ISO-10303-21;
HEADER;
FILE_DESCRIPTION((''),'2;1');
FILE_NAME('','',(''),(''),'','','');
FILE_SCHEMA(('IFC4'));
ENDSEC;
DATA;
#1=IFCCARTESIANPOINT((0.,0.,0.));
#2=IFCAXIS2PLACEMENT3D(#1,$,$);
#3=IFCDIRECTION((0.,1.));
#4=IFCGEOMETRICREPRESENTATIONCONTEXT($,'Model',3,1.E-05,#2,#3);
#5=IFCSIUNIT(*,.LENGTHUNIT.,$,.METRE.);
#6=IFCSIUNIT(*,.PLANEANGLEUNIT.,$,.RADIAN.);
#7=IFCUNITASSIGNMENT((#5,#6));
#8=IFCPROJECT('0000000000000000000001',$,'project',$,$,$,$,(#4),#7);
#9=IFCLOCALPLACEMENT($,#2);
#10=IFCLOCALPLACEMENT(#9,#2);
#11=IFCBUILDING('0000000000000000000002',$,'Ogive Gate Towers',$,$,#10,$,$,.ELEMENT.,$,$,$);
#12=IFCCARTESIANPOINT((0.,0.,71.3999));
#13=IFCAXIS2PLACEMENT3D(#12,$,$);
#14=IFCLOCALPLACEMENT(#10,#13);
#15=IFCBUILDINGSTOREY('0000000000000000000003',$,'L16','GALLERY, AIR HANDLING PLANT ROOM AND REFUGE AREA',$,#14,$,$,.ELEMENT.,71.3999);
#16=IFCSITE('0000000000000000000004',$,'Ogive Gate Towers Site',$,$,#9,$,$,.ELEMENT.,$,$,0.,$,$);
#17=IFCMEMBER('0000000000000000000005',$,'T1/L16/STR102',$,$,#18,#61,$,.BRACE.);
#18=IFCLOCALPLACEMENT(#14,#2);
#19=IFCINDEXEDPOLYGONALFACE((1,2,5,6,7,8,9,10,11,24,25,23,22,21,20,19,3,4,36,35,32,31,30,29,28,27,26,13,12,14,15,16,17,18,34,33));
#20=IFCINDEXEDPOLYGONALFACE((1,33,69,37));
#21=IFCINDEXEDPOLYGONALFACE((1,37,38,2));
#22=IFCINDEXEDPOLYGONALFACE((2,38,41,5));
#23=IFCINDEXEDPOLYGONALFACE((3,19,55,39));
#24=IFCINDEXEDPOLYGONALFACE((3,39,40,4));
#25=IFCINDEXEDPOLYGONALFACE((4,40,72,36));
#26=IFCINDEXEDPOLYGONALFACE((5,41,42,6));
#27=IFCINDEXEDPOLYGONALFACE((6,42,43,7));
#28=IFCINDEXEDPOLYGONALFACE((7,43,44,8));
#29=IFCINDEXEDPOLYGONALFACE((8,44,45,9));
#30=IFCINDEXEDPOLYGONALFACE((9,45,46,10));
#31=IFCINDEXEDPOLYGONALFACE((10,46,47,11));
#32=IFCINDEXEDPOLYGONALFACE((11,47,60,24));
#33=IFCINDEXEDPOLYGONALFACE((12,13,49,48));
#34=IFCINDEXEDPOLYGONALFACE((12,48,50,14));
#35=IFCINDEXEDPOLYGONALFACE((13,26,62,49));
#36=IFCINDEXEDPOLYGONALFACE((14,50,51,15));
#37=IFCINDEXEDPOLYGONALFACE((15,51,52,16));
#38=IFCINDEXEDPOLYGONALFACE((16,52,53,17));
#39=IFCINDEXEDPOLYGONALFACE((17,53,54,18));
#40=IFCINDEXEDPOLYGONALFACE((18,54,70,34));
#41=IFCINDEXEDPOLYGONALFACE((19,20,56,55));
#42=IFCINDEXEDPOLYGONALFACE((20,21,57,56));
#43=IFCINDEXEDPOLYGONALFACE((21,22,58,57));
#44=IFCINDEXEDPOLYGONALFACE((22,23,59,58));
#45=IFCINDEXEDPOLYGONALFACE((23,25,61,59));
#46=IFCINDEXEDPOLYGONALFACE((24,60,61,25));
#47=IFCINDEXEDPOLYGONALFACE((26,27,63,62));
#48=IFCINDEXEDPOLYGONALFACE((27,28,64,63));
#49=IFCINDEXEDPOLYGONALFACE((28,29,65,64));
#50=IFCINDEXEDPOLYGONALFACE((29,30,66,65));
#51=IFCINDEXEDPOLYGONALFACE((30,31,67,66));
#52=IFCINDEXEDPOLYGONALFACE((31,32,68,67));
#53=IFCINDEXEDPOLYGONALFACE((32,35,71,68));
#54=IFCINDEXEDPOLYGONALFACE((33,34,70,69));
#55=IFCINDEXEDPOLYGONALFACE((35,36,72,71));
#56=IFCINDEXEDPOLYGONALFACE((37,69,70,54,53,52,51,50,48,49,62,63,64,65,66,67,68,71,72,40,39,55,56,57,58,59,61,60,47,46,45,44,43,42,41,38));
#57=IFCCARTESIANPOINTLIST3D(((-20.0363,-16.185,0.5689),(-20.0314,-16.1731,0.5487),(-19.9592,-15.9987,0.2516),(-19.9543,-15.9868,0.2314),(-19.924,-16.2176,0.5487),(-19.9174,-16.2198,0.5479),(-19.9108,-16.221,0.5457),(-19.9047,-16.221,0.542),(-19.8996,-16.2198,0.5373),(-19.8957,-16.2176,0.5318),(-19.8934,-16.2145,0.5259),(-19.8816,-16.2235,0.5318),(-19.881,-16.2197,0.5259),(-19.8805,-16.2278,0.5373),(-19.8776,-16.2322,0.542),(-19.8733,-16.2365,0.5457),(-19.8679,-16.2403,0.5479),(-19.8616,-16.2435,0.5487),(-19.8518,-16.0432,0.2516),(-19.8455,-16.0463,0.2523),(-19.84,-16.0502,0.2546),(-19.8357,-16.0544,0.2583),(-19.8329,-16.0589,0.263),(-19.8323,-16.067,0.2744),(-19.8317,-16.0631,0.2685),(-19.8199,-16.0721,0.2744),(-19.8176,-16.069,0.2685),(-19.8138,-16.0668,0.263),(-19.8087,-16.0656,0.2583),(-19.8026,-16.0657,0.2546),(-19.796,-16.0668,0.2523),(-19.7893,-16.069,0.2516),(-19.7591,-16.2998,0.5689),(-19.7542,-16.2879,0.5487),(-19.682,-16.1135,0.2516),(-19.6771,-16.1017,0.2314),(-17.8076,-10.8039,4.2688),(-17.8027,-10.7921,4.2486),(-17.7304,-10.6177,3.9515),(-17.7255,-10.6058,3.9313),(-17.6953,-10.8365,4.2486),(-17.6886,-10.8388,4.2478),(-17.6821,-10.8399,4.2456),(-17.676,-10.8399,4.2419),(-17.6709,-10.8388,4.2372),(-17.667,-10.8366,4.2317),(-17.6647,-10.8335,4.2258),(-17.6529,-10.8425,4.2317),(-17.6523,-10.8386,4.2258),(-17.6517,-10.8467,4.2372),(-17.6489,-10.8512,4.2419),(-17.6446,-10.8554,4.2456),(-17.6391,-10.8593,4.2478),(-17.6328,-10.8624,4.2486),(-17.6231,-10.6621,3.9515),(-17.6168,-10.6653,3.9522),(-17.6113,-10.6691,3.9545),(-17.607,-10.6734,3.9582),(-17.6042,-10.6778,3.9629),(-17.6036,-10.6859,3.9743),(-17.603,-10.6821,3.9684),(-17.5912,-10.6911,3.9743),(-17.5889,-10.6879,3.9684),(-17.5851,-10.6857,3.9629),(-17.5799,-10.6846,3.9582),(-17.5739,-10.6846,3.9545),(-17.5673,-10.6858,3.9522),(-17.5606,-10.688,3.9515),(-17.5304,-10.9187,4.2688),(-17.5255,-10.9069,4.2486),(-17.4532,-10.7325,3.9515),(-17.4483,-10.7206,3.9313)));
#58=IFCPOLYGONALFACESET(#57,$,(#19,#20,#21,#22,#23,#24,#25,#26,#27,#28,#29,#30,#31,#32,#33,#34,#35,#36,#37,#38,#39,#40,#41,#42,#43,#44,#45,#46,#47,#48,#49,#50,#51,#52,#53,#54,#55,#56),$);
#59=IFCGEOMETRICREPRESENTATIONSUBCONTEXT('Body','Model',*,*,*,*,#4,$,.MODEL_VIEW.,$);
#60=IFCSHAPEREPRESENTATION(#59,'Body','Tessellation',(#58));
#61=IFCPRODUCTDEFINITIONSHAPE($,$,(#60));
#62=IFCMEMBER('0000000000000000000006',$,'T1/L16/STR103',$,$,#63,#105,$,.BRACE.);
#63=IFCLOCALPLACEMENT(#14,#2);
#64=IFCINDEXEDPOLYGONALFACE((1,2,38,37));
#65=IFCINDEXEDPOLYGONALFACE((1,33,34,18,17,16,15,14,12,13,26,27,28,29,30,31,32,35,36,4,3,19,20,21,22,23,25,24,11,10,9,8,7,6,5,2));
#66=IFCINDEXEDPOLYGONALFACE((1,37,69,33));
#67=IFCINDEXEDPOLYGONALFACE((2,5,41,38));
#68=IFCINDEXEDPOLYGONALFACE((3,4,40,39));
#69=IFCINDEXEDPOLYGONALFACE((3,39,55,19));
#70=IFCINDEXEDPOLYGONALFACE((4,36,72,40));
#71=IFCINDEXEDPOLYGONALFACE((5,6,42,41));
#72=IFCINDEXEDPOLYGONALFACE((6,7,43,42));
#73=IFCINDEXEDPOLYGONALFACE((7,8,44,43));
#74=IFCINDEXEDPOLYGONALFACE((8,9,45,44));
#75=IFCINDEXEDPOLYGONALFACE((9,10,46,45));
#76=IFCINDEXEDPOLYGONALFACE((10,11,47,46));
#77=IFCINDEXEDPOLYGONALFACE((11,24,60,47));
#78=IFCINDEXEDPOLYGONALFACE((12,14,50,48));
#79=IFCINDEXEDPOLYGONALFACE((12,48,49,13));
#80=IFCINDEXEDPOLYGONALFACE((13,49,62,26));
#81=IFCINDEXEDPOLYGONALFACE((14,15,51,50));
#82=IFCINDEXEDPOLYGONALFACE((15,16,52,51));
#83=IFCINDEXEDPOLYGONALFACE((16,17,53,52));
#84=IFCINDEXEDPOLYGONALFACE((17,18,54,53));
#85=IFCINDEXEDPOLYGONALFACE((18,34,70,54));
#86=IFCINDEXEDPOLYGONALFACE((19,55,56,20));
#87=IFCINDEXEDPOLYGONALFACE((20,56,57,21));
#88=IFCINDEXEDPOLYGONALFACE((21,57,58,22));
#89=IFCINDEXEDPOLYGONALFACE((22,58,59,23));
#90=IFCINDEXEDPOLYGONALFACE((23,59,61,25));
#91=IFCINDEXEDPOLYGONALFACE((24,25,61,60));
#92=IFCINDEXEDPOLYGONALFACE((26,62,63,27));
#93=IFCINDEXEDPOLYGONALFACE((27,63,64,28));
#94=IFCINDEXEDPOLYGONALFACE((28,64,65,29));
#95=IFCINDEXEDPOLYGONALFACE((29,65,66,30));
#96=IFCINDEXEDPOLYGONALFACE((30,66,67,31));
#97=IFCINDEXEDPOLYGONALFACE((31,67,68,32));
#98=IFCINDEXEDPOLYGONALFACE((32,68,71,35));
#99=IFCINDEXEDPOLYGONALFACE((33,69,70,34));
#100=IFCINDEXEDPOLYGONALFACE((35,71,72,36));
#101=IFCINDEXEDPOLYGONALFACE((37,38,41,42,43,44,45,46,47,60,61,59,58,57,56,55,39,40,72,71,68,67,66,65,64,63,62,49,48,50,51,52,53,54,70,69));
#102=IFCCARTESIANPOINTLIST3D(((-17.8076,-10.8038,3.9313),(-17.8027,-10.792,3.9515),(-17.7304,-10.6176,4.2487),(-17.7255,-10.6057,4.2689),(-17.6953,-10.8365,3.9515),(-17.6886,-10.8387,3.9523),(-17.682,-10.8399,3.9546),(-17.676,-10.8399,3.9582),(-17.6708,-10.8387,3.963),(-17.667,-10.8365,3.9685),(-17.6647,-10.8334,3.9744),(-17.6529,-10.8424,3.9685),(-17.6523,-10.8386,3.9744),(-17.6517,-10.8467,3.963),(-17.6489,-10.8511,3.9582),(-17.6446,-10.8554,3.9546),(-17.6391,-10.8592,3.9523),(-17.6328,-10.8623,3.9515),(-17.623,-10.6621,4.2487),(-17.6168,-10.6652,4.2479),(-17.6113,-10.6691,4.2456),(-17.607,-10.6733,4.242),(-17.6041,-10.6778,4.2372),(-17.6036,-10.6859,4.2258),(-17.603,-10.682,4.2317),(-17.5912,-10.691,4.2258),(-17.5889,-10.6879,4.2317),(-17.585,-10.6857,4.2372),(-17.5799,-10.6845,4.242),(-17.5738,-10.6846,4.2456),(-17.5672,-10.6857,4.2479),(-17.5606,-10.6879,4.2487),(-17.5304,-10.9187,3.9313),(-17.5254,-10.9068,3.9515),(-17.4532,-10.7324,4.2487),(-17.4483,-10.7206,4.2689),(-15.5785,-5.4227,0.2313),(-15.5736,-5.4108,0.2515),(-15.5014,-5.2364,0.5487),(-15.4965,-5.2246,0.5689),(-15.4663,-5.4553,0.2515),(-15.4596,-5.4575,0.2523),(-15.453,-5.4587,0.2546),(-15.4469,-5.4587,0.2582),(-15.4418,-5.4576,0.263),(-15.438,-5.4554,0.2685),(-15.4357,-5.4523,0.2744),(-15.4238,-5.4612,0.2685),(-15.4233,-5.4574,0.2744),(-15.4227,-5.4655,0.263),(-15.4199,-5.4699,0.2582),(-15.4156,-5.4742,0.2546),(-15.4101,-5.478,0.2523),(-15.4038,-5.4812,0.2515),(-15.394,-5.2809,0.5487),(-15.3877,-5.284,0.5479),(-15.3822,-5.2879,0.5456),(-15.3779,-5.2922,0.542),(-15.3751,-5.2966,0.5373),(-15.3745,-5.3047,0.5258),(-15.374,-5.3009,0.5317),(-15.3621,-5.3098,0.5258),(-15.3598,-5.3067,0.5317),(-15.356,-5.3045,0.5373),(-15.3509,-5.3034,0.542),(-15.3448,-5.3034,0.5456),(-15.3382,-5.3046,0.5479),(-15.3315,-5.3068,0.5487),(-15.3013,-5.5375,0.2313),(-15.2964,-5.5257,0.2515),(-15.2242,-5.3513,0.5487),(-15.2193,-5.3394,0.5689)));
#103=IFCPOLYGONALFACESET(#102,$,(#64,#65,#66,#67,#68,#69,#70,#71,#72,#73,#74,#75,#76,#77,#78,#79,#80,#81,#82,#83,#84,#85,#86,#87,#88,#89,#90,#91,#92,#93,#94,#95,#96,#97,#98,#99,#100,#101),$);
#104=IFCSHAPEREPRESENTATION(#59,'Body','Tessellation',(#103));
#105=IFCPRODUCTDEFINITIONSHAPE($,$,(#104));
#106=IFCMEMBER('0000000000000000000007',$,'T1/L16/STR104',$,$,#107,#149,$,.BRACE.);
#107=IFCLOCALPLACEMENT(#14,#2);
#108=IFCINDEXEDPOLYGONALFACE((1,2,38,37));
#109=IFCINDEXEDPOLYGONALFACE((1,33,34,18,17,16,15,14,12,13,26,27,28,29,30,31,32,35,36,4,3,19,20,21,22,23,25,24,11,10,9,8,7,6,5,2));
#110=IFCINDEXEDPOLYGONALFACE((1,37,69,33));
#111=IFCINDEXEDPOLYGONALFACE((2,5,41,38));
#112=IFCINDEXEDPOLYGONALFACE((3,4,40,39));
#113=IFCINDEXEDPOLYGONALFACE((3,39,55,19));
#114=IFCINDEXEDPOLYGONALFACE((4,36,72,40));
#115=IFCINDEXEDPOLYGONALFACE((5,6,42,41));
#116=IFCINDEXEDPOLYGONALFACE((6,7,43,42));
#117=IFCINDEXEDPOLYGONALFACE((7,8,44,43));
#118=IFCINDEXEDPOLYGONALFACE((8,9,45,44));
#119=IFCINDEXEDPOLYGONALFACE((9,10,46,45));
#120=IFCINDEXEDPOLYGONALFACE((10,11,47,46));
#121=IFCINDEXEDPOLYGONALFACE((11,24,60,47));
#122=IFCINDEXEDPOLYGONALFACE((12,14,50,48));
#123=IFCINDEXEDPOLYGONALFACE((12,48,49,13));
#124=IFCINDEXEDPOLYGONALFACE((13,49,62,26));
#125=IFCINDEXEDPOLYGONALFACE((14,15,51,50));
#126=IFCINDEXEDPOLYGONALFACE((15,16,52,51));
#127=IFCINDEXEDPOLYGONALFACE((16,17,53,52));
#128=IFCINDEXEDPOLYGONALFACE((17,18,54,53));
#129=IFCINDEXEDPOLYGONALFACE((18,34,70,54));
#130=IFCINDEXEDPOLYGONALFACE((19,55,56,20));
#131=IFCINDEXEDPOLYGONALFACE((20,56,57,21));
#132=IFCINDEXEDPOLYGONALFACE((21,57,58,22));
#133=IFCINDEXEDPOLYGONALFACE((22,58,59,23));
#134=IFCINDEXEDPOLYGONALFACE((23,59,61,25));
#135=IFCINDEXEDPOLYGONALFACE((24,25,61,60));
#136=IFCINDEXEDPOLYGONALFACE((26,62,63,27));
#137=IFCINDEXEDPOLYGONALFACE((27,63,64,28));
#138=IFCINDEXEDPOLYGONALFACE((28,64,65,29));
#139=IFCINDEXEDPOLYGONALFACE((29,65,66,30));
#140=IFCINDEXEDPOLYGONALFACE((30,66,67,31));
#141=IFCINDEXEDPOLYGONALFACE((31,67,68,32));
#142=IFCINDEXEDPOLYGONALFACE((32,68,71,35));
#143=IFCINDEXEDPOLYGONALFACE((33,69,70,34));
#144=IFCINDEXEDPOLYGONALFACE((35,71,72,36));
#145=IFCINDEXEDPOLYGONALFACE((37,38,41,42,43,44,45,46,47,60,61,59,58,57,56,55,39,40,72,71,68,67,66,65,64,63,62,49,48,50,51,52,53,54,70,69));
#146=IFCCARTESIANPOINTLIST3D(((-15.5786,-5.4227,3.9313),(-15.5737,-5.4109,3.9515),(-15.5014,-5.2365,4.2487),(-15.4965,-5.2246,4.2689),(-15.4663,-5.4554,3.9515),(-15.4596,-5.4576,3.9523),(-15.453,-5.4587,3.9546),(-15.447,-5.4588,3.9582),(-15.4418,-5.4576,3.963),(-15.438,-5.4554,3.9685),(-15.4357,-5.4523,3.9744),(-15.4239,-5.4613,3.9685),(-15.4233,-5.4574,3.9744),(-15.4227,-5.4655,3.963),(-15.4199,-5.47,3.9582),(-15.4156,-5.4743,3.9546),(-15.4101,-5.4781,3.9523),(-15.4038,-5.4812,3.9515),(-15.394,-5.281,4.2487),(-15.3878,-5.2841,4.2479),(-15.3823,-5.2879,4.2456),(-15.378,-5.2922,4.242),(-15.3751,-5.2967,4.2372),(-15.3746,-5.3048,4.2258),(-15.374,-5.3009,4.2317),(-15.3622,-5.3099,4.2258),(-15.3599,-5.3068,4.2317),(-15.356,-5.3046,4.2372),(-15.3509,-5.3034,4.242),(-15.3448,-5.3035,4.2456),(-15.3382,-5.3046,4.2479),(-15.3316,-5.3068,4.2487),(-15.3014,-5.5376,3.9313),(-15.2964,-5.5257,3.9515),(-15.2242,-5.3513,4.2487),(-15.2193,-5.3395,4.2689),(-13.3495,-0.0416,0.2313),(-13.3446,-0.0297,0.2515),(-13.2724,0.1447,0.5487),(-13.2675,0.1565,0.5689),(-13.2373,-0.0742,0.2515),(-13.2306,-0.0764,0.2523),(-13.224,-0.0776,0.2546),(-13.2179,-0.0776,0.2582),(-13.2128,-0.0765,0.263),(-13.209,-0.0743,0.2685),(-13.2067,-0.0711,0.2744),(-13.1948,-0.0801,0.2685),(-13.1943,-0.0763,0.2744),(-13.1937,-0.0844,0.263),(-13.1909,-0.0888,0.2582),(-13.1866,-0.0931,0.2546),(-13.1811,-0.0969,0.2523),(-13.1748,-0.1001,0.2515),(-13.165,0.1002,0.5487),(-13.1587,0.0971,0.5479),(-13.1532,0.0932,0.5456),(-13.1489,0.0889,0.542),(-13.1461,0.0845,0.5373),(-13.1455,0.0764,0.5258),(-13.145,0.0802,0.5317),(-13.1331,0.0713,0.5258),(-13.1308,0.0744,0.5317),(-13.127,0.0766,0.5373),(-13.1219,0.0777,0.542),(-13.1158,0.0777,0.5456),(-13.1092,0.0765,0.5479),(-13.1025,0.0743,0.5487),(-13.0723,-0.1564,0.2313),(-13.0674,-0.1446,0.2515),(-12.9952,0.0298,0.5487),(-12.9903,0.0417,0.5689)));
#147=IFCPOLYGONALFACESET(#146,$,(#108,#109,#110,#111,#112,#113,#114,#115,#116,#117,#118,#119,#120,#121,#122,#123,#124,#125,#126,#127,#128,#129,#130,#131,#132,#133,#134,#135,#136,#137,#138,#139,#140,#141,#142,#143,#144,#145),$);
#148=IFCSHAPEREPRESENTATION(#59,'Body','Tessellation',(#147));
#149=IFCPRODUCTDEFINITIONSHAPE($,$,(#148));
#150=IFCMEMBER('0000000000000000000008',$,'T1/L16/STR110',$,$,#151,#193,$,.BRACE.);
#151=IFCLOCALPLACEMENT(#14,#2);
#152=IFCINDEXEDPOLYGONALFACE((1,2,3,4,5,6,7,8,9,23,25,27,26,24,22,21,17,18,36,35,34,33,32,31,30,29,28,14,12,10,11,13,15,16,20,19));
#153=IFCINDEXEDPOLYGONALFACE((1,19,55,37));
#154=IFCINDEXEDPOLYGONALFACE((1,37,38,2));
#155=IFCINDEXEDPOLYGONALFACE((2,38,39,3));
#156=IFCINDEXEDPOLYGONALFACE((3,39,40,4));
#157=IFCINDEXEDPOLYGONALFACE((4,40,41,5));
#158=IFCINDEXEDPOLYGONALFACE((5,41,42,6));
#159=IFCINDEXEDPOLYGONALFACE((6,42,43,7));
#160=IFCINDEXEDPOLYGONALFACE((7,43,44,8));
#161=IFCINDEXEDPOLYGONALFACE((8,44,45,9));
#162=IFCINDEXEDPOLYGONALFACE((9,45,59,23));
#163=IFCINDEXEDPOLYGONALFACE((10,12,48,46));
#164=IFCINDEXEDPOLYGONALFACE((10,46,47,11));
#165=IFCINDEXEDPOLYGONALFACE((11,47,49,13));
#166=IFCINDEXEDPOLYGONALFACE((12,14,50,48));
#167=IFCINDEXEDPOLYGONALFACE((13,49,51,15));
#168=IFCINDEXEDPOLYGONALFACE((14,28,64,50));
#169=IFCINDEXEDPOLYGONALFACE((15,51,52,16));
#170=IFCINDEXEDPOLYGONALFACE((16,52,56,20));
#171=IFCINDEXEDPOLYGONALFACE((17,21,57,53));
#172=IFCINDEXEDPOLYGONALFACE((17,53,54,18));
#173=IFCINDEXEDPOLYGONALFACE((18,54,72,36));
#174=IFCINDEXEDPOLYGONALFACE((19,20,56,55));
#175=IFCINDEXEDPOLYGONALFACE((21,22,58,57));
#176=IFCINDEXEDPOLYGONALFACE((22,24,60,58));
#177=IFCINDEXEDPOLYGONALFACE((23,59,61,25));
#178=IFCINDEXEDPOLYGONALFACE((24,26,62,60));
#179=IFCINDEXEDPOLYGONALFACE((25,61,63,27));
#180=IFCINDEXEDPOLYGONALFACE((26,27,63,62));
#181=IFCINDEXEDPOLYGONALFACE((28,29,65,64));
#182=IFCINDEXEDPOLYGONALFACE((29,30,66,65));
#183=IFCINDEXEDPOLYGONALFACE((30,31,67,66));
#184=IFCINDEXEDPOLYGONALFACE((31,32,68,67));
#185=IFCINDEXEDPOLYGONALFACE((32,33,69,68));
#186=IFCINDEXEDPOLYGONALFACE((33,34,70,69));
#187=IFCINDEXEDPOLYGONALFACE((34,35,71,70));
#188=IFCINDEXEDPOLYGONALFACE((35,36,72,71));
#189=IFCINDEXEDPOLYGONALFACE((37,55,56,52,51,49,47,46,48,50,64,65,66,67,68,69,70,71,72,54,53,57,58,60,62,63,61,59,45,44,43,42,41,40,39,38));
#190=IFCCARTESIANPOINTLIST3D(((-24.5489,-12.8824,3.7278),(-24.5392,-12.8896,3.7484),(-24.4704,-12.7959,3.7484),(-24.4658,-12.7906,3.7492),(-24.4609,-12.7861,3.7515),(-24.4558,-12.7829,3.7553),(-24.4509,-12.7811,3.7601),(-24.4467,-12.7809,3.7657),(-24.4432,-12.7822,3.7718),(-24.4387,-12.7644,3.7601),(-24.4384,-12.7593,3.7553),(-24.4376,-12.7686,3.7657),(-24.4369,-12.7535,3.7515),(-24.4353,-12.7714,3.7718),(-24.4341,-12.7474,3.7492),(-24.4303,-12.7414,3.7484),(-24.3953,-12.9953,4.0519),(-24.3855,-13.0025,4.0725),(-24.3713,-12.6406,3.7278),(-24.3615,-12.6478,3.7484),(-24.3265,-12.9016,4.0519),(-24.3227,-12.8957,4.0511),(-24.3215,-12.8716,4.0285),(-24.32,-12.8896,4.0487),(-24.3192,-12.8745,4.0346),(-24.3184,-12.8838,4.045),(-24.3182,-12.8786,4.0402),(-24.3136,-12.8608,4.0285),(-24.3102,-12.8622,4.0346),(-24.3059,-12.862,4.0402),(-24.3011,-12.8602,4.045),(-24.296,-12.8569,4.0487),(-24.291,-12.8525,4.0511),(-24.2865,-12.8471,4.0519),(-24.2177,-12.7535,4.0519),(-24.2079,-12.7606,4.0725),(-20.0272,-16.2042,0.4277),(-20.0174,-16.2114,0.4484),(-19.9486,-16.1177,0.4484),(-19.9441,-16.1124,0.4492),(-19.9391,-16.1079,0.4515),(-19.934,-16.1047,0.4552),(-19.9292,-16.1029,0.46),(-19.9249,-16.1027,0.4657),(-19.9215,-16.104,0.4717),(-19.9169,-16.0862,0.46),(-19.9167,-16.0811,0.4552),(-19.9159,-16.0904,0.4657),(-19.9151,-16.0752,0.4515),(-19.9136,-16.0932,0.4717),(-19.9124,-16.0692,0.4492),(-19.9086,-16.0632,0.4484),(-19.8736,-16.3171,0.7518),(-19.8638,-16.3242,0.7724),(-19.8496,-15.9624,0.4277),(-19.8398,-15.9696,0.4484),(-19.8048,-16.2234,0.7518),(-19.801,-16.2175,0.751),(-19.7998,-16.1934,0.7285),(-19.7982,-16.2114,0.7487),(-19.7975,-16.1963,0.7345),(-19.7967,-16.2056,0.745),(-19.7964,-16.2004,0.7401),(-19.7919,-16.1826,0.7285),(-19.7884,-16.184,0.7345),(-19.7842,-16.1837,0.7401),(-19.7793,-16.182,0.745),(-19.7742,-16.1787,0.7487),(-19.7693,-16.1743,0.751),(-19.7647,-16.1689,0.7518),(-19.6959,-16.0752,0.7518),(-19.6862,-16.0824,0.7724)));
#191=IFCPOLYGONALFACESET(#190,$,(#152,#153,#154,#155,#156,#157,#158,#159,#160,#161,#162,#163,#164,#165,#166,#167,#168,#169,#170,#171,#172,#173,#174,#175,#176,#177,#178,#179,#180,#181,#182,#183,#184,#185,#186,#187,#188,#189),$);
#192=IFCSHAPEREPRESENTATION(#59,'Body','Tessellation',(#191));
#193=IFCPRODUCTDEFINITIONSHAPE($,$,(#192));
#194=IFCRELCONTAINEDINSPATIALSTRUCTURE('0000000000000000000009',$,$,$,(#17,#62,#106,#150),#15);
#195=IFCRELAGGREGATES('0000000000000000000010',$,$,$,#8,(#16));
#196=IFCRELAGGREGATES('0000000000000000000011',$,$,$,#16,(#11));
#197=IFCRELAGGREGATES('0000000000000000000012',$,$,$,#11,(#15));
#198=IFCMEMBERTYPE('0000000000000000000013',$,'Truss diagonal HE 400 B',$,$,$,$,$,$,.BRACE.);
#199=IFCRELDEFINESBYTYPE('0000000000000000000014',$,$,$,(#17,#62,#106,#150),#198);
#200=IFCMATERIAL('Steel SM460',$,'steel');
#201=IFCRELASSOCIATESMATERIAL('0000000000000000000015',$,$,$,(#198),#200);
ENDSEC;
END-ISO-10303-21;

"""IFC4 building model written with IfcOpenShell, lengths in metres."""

from ifc_helpers import new_model, si_unit, direction, frame, origin, origin_2d, place, context, subcontext, project, spatial, i_section, extrude, material, material_profile, profile_set, type_object, element, save


model = new_model("IFC4")

# Units and contexts
model_context = context("Model", 3, precision=1e-05, world=origin(), true_north=direction((0.0, 1.0)))
body_context = subcontext(model_context, "Body", "Model", "MODEL_VIEW")
ifc_project = project(units=[si_unit("LENGTHUNIT", "METRE"), si_unit("PLANEANGLEUNIT", "RADIAN")], contexts=[model_context])

# Site, building, storey
site_placement = place(None, origin())
site = spatial("IfcSite", under=ifc_project, at=site_placement, Name="Ogive Gate Towers Site", CompositionType="ELEMENT", RefElevation=0.0)
building_placement = place(site_placement, origin())
building = spatial("IfcBuilding", under=site, at=building_placement, Name="Ogive Gate Towers", CompositionType="ELEMENT")
storey_placement = place(building_placement, frame((0.0, 0.0, 71.3999)))
storey = spatial("IfcBuildingStorey", under=building, at=storey_placement, Name="L16", Description="GALLERY, AIR HANDLING PLANT ROOM AND REFUGE AREA", CompositionType="ELEMENT", Elevation=71.3999)

# Shared definitions
ifc_material_1 = material(Name="Steel SM460", Category="steel")

# Members
ifc_material_profile_1 = material_profile(ifc_material_1, i_section(OverallWidth=0.3, OverallDepth=0.3999, WebThickness=0.0134, FlangeThickness=0.0239, FilletRadius=0.0271, at=origin_2d()), Name="HE 400 B")
ifc_profile_set_1 = profile_set([ifc_material_profile_1], Name="Steel SM460")
member_type_1 = type_object("IfcMemberType", Name="Truss diagonal HE 400 B", PredefinedType="BRACE", material=ifc_profile_set_1)
for number, where, z_axis, x_axis, name in (
    (1, (-19.8567, -16.1433, 0.4001), (0.322998, 0.779843, 0.536206), (-0.92389, 0.382659, 0.0), "T1/L16/STR102"),
):
    element("IfcMember", number, at=place(storey_placement, frame(where, z_axis=z_axis, x_axis=x_axis)), inside=storey, type_object=member_type_1, Name=name, PredefinedType="BRACE", context=body_context, shape_type="SweptSolid", body=[
        extrude(i_section(OverallWidth=0.3, OverallDepth=0.3999, WebThickness=0.0134, FlangeThickness=0.0239, FilletRadius=0.0271, at=origin_2d()), origin(), (0.0, 0.0, 1.0), 6.9001),
    ])
for number, where, z_axis, x_axis, name in (
    (2, (-17.6279, -10.7622, 4.1001), (0.323029, 0.779834, -0.5362), (-0.923875, 0.382695, 0.0), "T1/L16/STR103"),
    (3, (-15.3989, -5.3811, 4.1001), (0.323029, 0.779834, -0.5362), (-0.923875, 0.382695, 0.0), "T1/L16/STR104"),
):
    element("IfcMember", number, at=place(storey_placement, frame(where, z_axis=z_axis, x_axis=x_axis)), inside=storey, type_object=member_type_1, Name=name, PredefinedType="BRACE", context=body_context, shape_type="SweptSolid", body=[
        extrude(i_section(OverallWidth=0.3, OverallDepth=0.3999, WebThickness=0.0134, FlangeThickness=0.0239, FilletRadius=0.0271, at=origin_2d()), origin(), (0.0, 0.0, 1.0), 6.9004),
    ])
member_1_placement = place(storey_placement, frame((-24.3784, -12.8215, 3.9001), z_axis=(0.69466, -0.510315, -0.506977), x_axis=(0.592041, 0.805908, 0.0)))
element("IfcMember", 4, at=member_1_placement, inside=storey, type_object=member_type_1, Name="T1/L16/STR110", PredefinedType="BRACE", context=body_context, shape_type="SweptSolid", body=[
    extrude(i_section(OverallWidth=0.3, OverallDepth=0.3999, WebThickness=0.0134, FlangeThickness=0.0239, FilletRadius=0.0271, at=origin_2d()), origin(), (0.0, 0.0, 1.0), 6.5093),
])

save(model, "model.ifc")
